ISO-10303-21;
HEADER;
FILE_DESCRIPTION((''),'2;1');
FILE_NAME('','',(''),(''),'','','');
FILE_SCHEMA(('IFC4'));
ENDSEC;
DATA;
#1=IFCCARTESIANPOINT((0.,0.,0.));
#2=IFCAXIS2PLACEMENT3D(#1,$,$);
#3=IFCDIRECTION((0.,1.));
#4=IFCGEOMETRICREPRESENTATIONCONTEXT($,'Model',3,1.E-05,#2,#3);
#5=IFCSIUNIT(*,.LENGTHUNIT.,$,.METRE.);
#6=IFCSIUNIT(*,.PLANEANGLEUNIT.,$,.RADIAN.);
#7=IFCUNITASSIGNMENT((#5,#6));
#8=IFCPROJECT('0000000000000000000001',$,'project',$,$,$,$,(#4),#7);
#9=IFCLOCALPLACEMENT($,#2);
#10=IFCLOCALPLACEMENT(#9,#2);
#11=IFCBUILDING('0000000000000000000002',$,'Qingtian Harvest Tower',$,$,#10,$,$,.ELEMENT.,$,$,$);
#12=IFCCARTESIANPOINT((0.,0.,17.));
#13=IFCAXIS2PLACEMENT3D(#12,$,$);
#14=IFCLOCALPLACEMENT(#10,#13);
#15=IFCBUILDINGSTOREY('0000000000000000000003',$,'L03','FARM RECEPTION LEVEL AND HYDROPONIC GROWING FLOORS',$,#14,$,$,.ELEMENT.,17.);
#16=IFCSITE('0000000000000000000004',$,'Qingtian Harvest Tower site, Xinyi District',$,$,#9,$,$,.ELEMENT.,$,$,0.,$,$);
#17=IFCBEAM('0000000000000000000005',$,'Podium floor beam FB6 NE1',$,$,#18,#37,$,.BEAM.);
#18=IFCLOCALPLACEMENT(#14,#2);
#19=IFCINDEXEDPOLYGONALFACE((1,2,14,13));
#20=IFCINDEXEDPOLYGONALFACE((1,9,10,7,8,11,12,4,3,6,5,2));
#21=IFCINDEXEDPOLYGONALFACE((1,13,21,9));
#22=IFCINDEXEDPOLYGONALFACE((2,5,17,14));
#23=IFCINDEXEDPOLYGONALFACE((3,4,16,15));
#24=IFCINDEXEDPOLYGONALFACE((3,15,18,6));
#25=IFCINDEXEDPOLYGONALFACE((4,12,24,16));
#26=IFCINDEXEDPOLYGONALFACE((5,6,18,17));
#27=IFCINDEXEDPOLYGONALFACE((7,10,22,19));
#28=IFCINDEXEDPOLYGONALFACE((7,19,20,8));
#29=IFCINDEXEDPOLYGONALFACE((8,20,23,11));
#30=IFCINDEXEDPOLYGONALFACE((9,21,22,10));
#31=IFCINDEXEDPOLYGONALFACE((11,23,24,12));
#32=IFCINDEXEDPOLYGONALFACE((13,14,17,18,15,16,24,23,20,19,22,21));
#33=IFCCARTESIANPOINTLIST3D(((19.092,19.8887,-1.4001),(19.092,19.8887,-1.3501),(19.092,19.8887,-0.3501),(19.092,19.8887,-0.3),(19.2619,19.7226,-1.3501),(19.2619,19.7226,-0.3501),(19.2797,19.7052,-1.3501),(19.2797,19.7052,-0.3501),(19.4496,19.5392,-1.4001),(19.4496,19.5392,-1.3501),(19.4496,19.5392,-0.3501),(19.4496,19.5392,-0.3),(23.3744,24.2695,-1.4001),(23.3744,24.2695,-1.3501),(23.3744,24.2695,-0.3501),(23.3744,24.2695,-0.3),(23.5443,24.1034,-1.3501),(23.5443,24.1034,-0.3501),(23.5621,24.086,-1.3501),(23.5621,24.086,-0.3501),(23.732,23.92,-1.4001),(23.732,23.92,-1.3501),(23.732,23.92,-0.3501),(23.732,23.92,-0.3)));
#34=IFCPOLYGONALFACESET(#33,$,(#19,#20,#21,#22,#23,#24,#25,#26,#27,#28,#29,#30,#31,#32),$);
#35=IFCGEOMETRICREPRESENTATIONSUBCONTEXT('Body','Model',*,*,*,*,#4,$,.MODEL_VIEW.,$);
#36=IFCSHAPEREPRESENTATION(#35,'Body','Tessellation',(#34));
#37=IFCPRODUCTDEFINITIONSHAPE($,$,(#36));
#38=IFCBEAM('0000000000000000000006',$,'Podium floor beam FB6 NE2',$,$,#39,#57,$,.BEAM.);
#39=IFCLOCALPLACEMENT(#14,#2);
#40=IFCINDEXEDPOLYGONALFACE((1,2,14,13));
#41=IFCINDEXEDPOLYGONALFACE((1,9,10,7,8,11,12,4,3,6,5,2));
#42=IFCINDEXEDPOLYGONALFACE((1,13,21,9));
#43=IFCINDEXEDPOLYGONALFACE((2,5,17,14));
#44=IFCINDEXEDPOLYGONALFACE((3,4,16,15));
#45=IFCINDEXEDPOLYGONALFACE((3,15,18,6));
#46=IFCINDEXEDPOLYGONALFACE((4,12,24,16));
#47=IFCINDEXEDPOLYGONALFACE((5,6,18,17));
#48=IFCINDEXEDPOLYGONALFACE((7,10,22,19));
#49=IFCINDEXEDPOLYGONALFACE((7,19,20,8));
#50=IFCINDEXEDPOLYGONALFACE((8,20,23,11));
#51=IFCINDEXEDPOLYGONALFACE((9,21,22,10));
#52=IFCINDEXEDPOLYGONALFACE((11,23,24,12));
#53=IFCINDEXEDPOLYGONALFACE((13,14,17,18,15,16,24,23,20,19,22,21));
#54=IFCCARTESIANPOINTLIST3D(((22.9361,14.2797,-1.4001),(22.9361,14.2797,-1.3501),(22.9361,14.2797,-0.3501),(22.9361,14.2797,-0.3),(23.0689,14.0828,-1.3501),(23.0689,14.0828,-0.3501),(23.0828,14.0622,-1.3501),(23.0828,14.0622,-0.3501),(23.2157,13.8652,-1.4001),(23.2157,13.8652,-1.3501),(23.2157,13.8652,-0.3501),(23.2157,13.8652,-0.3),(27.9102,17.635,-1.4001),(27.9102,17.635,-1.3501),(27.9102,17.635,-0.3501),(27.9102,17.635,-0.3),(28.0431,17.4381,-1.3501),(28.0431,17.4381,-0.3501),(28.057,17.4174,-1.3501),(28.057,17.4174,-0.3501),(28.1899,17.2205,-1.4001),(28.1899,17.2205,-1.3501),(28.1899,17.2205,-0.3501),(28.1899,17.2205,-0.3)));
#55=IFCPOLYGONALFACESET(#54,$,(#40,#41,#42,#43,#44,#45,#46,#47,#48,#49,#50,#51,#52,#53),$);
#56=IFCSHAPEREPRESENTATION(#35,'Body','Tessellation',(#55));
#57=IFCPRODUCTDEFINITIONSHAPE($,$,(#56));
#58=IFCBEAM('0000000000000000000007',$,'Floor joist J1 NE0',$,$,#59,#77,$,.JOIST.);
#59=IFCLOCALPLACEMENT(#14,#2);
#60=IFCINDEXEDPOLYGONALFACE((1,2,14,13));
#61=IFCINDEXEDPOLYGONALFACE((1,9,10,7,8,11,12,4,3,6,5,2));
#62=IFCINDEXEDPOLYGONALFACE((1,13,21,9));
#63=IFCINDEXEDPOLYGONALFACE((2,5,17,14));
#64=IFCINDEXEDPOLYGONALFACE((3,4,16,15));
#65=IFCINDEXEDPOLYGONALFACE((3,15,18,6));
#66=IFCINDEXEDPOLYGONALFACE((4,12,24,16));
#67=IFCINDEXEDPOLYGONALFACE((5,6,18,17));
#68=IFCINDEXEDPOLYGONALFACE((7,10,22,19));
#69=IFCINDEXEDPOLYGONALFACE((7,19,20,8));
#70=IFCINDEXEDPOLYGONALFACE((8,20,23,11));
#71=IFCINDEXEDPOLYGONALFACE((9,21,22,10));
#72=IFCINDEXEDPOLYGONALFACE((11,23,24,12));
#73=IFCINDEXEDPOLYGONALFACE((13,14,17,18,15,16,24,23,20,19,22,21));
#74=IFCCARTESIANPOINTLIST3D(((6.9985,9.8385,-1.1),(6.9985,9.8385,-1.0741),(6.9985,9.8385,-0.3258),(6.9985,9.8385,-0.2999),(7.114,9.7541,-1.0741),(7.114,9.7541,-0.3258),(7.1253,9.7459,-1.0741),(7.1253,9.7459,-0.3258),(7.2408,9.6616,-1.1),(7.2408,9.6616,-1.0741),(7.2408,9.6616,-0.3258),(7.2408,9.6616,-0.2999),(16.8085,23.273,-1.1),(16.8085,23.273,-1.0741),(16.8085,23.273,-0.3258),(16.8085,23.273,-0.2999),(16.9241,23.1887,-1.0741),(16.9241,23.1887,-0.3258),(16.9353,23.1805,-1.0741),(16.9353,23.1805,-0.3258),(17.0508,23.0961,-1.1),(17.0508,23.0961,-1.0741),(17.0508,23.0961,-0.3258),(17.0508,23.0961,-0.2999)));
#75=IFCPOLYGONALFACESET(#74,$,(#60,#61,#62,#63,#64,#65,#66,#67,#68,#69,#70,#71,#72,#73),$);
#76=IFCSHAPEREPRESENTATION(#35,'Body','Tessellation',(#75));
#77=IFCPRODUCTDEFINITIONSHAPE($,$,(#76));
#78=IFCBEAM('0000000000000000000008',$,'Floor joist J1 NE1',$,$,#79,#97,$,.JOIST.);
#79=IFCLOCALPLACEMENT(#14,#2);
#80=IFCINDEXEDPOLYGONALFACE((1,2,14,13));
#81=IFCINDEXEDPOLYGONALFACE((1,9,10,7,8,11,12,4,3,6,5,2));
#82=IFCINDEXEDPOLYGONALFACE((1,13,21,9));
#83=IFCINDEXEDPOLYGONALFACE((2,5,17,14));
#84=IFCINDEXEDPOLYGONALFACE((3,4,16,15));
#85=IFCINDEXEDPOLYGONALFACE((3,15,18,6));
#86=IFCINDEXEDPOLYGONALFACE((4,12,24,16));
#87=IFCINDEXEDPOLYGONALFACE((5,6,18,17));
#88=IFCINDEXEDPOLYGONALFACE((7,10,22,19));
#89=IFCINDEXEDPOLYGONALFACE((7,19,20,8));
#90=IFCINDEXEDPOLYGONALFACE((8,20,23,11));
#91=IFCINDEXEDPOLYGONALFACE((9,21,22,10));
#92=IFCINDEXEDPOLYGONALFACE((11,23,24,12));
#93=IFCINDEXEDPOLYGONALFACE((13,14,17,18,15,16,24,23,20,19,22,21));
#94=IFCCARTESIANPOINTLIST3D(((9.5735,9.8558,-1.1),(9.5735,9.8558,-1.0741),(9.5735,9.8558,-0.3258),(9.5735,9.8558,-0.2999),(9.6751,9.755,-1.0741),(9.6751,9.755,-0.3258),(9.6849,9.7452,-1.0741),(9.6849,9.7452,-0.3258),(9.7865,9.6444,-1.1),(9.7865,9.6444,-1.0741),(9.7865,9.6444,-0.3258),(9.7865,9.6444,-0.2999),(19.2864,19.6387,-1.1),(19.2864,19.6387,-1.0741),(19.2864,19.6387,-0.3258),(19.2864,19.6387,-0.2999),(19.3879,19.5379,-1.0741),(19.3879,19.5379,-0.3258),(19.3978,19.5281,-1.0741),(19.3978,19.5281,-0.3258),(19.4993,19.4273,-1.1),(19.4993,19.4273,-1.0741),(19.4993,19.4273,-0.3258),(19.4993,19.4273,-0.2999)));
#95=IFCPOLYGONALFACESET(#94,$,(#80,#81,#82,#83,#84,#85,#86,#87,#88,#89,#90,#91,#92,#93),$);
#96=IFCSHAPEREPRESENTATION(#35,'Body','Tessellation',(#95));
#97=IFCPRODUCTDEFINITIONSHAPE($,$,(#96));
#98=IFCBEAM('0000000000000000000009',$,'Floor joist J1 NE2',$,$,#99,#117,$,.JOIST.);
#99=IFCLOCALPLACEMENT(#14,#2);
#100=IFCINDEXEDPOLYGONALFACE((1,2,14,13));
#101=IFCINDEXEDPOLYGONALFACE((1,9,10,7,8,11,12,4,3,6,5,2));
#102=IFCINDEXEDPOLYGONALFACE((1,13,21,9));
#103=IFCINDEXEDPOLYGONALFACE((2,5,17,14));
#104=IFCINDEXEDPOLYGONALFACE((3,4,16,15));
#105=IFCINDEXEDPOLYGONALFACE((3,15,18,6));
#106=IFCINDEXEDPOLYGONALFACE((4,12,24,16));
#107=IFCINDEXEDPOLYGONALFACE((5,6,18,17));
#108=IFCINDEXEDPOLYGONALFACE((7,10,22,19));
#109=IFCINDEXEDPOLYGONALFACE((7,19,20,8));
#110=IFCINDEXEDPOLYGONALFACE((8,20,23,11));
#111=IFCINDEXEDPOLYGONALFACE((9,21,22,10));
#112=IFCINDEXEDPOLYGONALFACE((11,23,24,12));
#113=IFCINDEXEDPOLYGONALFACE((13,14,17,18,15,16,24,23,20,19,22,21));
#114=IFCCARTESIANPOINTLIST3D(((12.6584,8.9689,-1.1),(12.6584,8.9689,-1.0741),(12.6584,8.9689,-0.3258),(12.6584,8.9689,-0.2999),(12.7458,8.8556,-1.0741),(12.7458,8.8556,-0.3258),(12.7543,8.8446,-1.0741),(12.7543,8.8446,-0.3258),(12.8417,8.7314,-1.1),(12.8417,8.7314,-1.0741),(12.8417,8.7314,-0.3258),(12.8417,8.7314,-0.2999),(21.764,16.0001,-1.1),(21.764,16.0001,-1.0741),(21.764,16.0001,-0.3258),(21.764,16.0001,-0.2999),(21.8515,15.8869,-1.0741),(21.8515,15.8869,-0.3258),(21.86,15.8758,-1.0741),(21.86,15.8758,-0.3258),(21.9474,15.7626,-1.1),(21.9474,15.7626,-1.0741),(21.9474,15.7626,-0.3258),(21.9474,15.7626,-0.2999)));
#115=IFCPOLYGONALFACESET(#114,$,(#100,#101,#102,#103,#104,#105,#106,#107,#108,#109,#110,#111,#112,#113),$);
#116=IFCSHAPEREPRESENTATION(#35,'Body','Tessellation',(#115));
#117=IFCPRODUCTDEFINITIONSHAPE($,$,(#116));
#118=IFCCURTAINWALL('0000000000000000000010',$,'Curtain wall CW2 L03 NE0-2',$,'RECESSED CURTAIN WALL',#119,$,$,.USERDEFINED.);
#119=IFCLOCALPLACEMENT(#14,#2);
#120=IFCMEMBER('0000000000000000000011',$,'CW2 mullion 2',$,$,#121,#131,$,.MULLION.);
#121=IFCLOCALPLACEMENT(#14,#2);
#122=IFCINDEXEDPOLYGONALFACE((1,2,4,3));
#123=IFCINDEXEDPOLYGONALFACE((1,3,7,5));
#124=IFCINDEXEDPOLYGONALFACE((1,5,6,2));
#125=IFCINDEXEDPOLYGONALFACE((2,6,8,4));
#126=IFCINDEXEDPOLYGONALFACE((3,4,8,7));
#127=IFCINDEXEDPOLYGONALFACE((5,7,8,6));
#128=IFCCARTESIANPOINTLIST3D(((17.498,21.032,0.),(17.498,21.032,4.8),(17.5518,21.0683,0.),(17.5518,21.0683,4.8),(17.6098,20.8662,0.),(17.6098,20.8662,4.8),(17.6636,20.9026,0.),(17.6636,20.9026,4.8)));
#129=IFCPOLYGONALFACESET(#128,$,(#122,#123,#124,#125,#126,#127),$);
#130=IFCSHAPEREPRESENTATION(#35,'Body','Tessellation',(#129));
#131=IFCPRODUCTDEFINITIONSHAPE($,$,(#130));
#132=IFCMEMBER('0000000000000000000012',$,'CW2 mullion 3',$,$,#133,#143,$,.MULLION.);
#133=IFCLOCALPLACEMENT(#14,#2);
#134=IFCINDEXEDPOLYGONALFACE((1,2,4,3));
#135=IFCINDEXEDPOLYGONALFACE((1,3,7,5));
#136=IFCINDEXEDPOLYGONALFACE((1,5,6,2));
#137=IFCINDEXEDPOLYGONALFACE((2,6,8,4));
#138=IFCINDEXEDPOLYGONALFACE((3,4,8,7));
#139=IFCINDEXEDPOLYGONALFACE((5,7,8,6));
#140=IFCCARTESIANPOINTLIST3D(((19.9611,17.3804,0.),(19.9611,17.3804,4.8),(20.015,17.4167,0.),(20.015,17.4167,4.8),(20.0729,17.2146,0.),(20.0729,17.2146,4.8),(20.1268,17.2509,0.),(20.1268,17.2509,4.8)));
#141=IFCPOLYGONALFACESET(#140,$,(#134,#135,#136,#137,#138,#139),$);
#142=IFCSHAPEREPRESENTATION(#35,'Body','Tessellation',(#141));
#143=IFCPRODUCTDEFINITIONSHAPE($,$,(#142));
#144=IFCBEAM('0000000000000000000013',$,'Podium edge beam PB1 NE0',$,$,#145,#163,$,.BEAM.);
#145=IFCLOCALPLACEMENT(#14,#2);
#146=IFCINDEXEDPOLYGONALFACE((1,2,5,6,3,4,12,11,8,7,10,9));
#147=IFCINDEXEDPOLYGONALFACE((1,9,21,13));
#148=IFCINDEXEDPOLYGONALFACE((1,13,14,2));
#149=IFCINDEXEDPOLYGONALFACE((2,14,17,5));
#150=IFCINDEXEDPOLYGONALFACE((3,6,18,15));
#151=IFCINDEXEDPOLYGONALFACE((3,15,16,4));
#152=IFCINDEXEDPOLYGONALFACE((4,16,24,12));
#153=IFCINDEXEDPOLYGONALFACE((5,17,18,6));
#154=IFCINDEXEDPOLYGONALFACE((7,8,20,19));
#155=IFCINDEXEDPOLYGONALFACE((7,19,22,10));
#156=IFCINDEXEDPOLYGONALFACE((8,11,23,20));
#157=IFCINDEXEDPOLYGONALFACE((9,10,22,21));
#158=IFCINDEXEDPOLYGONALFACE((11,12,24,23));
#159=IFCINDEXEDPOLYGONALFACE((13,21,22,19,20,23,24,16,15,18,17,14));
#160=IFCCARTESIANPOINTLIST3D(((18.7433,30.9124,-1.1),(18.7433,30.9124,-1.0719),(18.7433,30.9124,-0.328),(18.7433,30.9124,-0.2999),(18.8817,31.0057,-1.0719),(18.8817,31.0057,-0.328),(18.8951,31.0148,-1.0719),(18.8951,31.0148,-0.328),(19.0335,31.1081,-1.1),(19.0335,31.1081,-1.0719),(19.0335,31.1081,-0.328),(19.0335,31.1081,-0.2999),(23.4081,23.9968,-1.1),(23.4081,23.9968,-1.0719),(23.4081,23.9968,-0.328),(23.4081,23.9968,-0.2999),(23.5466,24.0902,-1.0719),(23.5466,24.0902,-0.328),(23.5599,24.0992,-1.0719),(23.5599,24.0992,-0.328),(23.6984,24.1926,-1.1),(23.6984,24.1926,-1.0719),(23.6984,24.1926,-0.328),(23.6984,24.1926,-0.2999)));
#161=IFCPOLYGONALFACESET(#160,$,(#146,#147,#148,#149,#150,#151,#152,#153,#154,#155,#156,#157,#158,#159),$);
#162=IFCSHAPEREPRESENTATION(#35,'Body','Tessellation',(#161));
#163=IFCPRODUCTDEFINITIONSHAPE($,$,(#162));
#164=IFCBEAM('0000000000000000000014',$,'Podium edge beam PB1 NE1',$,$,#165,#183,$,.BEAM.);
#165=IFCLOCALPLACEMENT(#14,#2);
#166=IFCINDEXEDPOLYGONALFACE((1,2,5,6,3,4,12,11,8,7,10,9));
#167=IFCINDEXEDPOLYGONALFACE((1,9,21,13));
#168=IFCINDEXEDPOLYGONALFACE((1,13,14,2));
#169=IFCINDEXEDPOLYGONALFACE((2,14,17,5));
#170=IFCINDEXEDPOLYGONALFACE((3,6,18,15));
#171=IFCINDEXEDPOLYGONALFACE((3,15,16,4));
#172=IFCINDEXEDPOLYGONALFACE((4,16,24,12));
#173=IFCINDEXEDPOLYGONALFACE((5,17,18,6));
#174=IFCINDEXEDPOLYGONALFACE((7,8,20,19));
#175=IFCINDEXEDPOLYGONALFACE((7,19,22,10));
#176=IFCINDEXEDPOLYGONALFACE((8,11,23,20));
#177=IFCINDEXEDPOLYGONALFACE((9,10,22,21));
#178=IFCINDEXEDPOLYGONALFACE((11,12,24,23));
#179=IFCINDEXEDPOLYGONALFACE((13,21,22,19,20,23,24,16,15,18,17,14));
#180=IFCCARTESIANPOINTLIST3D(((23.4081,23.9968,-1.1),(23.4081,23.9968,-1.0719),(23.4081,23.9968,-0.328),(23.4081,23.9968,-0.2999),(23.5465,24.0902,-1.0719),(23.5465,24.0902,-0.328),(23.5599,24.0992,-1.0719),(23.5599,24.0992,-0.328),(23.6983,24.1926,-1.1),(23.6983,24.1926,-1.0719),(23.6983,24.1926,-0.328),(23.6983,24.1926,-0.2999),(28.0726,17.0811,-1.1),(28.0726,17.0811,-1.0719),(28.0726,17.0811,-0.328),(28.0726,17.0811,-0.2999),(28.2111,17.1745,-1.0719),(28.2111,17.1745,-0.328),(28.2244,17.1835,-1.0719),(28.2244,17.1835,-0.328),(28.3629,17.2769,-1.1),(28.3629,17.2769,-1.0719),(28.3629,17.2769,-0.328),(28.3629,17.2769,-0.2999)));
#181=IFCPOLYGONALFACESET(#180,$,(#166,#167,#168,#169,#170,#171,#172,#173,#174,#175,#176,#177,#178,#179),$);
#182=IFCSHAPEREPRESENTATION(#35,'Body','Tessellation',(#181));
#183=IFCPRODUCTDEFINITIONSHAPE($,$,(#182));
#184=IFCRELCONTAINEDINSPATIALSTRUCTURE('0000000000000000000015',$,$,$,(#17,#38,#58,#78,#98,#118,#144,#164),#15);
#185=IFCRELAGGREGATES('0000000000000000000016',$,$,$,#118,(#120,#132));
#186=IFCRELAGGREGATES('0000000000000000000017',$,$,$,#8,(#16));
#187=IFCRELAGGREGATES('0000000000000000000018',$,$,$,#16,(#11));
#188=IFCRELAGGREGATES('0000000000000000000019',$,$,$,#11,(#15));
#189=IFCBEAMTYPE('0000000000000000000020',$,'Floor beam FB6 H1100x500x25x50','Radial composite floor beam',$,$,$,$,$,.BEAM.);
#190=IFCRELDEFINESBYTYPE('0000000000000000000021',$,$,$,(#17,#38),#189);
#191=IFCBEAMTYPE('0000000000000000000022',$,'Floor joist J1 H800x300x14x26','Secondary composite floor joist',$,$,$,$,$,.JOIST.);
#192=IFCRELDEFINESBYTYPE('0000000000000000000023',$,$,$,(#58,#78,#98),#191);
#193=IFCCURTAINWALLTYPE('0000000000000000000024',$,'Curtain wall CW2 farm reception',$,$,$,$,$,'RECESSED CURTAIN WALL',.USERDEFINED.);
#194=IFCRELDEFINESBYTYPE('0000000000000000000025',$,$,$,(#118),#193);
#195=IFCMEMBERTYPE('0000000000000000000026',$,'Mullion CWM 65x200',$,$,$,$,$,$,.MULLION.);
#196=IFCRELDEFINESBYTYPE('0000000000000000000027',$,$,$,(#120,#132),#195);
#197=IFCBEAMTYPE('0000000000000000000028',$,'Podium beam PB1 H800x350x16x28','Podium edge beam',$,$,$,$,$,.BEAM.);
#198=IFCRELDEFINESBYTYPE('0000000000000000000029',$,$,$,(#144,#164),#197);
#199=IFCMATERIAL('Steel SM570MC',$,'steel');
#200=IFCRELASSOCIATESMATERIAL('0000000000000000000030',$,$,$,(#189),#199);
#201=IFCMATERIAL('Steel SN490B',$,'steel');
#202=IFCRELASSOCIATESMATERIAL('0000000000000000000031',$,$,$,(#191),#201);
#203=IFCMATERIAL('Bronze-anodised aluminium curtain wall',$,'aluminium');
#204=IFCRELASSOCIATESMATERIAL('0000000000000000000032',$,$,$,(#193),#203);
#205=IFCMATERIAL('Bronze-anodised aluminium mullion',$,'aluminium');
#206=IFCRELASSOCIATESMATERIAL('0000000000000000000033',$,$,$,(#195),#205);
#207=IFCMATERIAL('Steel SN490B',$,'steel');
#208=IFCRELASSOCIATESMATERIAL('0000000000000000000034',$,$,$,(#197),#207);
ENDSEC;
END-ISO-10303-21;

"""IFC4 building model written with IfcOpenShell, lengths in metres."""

from ifc_helpers import new_model, si_unit, direction, frame, origin, origin_2d, place, context, subcontext, project, spatial, rectangle, i_section, extrude, material, material_profile, profile_set, type_object, element, aggregate, save


model = new_model("IFC4")

# Units and contexts
model_context = context("Model", 3, precision=1e-05, world=origin(), true_north=direction((0.0, 1.0)))
body_context = subcontext(model_context, "Body", "Model", "MODEL_VIEW")
ifc_project = project(units=[si_unit("LENGTHUNIT", "METRE"), si_unit("PLANEANGLEUNIT", "RADIAN")], contexts=[model_context])

# Site, building, storey
site_placement = place(None, origin())
site = spatial("IfcSite", under=ifc_project, at=site_placement, Name="Qingtian Harvest Tower site, Xinyi District", CompositionType="ELEMENT", RefElevation=0.0)
building_placement = place(site_placement, origin())
building = spatial("IfcBuilding", under=site, at=building_placement, Name="Qingtian Harvest Tower", CompositionType="ELEMENT")
storey_placement = place(building_placement, frame((0.0, 0.0, 17.0)))
storey = spatial("IfcBuildingStorey", under=building, at=storey_placement, Name="L03", Description="FARM RECEPTION LEVEL AND HYDROPONIC GROWING FLOORS", CompositionType="ELEMENT", Elevation=17.0)

# Beams
ifc_material_1 = material(Name="Steel SM570MC", Category="steel")
ifc_material_profile_1 = material_profile(ifc_material_1, i_section(OverallWidth=0.5, OverallDepth=1.1001, WebThickness=0.0249, FlangeThickness=0.05, at=origin_2d()), Name="H1100x500x25x50")
ifc_profile_set_1 = profile_set([ifc_material_profile_1], Name="Steel SM570MC")
beam_type_1 = type_object("IfcBeamType", Name="Floor beam FB6 H1100x500x25x50", Description="Radial composite floor beam", PredefinedType="BEAM", material=ifc_profile_set_1)
beam_1_placement = place(storey_placement, frame((23.5532, 24.0947, -0.8501), z_axis=(-0.699031, -0.715091, 0.0), x_axis=(0.715091, -0.699031, 0.0)))
element("IfcBeam", 1, at=beam_1_placement, inside=storey, type_object=beam_type_1, Name="Podium floor beam FB6 NE1", PredefinedType="BEAM", context=body_context, shape_type="SweptSolid", body=[
    extrude(i_section(OverallWidth=0.5, OverallDepth=1.1001, WebThickness=0.0249, FlangeThickness=0.05, at=origin_2d()), origin(), (0.0, 0.0, 1.0), 6.1262),
])
beam_2_placement = place(storey_placement, frame((28.05, 17.4277, -0.8501), z_axis=(-0.829027, -0.559209, 0.0), x_axis=(0.559209, -0.829027, 0.0)))
element("IfcBeam", 2, at=beam_2_placement, inside=storey, type_object=beam_type_1, Name="Podium floor beam FB6 NE2", PredefinedType="BEAM", context=body_context, shape_type="SweptSolid", body=[
    extrude(i_section(OverallWidth=0.5, OverallDepth=1.1001, WebThickness=0.0249, FlangeThickness=0.05, at=origin_2d()), origin(), (0.0, 0.0, 1.0), 6.0),
])
ifc_material_2 = material(Name="Steel SN490B", Category="steel")
ifc_material_profile_2 = material_profile(ifc_material_2, i_section(OverallWidth=0.3, OverallDepth=0.8, WebThickness=0.0139, FlangeThickness=0.0259, at=origin_2d()), Name="H800x300x14x26")
ifc_profile_set_2 = profile_set([ifc_material_profile_2], Name="Steel SN490B")
beam_type_2 = type_object("IfcBeamType", Name="Floor joist J1 H800x300x14x26", Description="Secondary composite floor joist", PredefinedType="JOIST", material=ifc_profile_set_2)
beam_3_placement = place(storey_placement, frame((16.9297, 23.1846, -0.7), z_axis=(-0.589722, -0.807606, 0.0), x_axis=(0.807606, -0.589722, 0.0)))
element("IfcBeam", 3, at=beam_3_placement, inside=storey, type_object=beam_type_2, Name="Floor joist J1 NE0", PredefinedType="JOIST", context=body_context, shape_type="SweptSolid", body=[
    extrude(i_section(OverallWidth=0.3, OverallDepth=0.8, WebThickness=0.0139, FlangeThickness=0.0259, at=origin_2d()), origin(), (0.0, 0.0, 1.0), 16.635),
])
beam_4_placement = place(storey_placement, frame((19.3928, 19.533, -0.7), z_axis=(-0.704561, -0.709644, 0.0), x_axis=(0.709644, -0.704561, 0.0)))
element("IfcBeam", 4, at=beam_4_placement, inside=storey, type_object=beam_type_2, Name="Floor joist J1 NE1", PredefinedType="JOIST", context=body_context, shape_type="SweptSolid", body=[
    extrude(i_section(OverallWidth=0.3, OverallDepth=0.8, WebThickness=0.0139, FlangeThickness=0.0259, at=origin_2d()), origin(), (0.0, 0.0, 1.0), 13.7856),
])
beam_5_placement = place(storey_placement, frame((21.8557, 15.8813, -0.7), z_axis=(-0.791495, -0.611176, 0.0), x_axis=(0.611176, -0.791495, 0.0)))
element("IfcBeam", 5, at=beam_5_placement, inside=storey, type_object=beam_type_2, Name="Floor joist J1 NE2", PredefinedType="JOIST", context=body_context, shape_type="SweptSolid", body=[
    extrude(i_section(OverallWidth=0.3, OverallDepth=0.8, WebThickness=0.0139, FlangeThickness=0.0259, at=origin_2d()), origin(), (0.0, 0.0, 1.0), 11.5044),
])

# Curtain wall, members
ifc_material_3 = material(Name="Bronze-anodised aluminium curtain wall", Category="aluminium")
curtain_wall_type = type_object("IfcCurtainWallType", Name="Curtain wall CW2 farm reception", ElementType="RECESSED CURTAIN WALL", PredefinedType="USERDEFINED", material=ifc_material_3)
curtain_wall_placement = place(storey_placement, origin())
curtain_wall = element("IfcCurtainWall", 6, at=curtain_wall_placement, inside=storey, type_object=curtain_wall_type, Name="Curtain wall CW2 L03 NE0-2", ObjectType="RECESSED CURTAIN WALL", PredefinedType="USERDEFINED")
ifc_material_4 = material(Name="Bronze-anodised aluminium mullion", Category="aluminium")
ifc_material_profile_3 = material_profile(ifc_material_4, rectangle(XDim=0.0649, YDim=0.2, at=origin_2d()), Name="AL 65x200")
ifc_profile_set_3 = profile_set([ifc_material_profile_3], Name="Bronze-anodised aluminium mullion")
member_type_1 = type_object("IfcMemberType", Name="Mullion CWM 65x200", PredefinedType="MULLION", material=ifc_profile_set_3)
member_1_placement = place(storey_placement, frame((17.5808, 20.9673, 0.0), z_axis=(0.0, 0.0, 1.0), x_axis=(0.829038, 0.559193, 0.0)))
member_1 = element("IfcMember", 7, at=member_1_placement, type_object=member_type_1, Name="CW2 mullion 2", PredefinedType="MULLION", context=body_context, shape_type="SweptSolid", body=[
    extrude(rectangle(XDim=0.0649, YDim=0.2, at=origin_2d()), origin(), (0.0, 0.0, 1.0), 4.8),
])
member_2_placement = place(storey_placement, frame((20.0439, 17.3157, 0.0), z_axis=(0.0, 0.0, 1.0), x_axis=(0.829038, 0.559193, 0.0)))
member_2 = element("IfcMember", 8, at=member_2_placement, type_object=member_type_1, Name="CW2 mullion 3", PredefinedType="MULLION", context=body_context, shape_type="SweptSolid", body=[
    extrude(rectangle(XDim=0.0649, YDim=0.2, at=origin_2d()), origin(), (0.0, 0.0, 1.0), 4.8),
])

# Beams
ifc_material_5 = material(Name="Steel SN490B", Category="steel")
ifc_material_profile_4 = material_profile(ifc_material_5, i_section(OverallWidth=0.3501, OverallDepth=0.8, WebThickness=0.0161, FlangeThickness=0.0281, at=origin_2d()), Name="H800x350x16x28")
ifc_profile_set_4 = profile_set([ifc_material_profile_4], Name="Steel SN490B")
beam_type_3 = type_object("IfcBeamType", Name="Podium beam PB1 H800x350x16x28", Description="Podium edge beam", PredefinedType="BEAM", material=ifc_profile_set_4)
for number, where, z_axis, x_axis, name in (
    (9, (18.8884, 31.0103, -0.7), (0.55921, -0.829026, 0.0), (0.829026, 0.55921, 0.0), "Podium edge beam PB1 NE0"),
    (10, (23.5532, 24.0947, -0.7), (0.559177, -0.829048, 0.0), (0.829048, 0.559177, 0.0), "Podium edge beam PB1 NE1"),
):
    element("IfcBeam", number, at=place(storey_placement, frame(where, z_axis=z_axis, x_axis=x_axis)), inside=storey, type_object=beam_type_3, Name=name, PredefinedType="BEAM", context=body_context, shape_type="SweptSolid", body=[
        extrude(i_section(OverallWidth=0.3501, OverallDepth=0.8, WebThickness=0.0161, FlangeThickness=0.0281, at=origin_2d()), origin(), (0.0, 0.0, 1.0), 8.3418),
    ])

aggregate(curtain_wall, [member_1, member_2])

save(model, "model.ifc")
